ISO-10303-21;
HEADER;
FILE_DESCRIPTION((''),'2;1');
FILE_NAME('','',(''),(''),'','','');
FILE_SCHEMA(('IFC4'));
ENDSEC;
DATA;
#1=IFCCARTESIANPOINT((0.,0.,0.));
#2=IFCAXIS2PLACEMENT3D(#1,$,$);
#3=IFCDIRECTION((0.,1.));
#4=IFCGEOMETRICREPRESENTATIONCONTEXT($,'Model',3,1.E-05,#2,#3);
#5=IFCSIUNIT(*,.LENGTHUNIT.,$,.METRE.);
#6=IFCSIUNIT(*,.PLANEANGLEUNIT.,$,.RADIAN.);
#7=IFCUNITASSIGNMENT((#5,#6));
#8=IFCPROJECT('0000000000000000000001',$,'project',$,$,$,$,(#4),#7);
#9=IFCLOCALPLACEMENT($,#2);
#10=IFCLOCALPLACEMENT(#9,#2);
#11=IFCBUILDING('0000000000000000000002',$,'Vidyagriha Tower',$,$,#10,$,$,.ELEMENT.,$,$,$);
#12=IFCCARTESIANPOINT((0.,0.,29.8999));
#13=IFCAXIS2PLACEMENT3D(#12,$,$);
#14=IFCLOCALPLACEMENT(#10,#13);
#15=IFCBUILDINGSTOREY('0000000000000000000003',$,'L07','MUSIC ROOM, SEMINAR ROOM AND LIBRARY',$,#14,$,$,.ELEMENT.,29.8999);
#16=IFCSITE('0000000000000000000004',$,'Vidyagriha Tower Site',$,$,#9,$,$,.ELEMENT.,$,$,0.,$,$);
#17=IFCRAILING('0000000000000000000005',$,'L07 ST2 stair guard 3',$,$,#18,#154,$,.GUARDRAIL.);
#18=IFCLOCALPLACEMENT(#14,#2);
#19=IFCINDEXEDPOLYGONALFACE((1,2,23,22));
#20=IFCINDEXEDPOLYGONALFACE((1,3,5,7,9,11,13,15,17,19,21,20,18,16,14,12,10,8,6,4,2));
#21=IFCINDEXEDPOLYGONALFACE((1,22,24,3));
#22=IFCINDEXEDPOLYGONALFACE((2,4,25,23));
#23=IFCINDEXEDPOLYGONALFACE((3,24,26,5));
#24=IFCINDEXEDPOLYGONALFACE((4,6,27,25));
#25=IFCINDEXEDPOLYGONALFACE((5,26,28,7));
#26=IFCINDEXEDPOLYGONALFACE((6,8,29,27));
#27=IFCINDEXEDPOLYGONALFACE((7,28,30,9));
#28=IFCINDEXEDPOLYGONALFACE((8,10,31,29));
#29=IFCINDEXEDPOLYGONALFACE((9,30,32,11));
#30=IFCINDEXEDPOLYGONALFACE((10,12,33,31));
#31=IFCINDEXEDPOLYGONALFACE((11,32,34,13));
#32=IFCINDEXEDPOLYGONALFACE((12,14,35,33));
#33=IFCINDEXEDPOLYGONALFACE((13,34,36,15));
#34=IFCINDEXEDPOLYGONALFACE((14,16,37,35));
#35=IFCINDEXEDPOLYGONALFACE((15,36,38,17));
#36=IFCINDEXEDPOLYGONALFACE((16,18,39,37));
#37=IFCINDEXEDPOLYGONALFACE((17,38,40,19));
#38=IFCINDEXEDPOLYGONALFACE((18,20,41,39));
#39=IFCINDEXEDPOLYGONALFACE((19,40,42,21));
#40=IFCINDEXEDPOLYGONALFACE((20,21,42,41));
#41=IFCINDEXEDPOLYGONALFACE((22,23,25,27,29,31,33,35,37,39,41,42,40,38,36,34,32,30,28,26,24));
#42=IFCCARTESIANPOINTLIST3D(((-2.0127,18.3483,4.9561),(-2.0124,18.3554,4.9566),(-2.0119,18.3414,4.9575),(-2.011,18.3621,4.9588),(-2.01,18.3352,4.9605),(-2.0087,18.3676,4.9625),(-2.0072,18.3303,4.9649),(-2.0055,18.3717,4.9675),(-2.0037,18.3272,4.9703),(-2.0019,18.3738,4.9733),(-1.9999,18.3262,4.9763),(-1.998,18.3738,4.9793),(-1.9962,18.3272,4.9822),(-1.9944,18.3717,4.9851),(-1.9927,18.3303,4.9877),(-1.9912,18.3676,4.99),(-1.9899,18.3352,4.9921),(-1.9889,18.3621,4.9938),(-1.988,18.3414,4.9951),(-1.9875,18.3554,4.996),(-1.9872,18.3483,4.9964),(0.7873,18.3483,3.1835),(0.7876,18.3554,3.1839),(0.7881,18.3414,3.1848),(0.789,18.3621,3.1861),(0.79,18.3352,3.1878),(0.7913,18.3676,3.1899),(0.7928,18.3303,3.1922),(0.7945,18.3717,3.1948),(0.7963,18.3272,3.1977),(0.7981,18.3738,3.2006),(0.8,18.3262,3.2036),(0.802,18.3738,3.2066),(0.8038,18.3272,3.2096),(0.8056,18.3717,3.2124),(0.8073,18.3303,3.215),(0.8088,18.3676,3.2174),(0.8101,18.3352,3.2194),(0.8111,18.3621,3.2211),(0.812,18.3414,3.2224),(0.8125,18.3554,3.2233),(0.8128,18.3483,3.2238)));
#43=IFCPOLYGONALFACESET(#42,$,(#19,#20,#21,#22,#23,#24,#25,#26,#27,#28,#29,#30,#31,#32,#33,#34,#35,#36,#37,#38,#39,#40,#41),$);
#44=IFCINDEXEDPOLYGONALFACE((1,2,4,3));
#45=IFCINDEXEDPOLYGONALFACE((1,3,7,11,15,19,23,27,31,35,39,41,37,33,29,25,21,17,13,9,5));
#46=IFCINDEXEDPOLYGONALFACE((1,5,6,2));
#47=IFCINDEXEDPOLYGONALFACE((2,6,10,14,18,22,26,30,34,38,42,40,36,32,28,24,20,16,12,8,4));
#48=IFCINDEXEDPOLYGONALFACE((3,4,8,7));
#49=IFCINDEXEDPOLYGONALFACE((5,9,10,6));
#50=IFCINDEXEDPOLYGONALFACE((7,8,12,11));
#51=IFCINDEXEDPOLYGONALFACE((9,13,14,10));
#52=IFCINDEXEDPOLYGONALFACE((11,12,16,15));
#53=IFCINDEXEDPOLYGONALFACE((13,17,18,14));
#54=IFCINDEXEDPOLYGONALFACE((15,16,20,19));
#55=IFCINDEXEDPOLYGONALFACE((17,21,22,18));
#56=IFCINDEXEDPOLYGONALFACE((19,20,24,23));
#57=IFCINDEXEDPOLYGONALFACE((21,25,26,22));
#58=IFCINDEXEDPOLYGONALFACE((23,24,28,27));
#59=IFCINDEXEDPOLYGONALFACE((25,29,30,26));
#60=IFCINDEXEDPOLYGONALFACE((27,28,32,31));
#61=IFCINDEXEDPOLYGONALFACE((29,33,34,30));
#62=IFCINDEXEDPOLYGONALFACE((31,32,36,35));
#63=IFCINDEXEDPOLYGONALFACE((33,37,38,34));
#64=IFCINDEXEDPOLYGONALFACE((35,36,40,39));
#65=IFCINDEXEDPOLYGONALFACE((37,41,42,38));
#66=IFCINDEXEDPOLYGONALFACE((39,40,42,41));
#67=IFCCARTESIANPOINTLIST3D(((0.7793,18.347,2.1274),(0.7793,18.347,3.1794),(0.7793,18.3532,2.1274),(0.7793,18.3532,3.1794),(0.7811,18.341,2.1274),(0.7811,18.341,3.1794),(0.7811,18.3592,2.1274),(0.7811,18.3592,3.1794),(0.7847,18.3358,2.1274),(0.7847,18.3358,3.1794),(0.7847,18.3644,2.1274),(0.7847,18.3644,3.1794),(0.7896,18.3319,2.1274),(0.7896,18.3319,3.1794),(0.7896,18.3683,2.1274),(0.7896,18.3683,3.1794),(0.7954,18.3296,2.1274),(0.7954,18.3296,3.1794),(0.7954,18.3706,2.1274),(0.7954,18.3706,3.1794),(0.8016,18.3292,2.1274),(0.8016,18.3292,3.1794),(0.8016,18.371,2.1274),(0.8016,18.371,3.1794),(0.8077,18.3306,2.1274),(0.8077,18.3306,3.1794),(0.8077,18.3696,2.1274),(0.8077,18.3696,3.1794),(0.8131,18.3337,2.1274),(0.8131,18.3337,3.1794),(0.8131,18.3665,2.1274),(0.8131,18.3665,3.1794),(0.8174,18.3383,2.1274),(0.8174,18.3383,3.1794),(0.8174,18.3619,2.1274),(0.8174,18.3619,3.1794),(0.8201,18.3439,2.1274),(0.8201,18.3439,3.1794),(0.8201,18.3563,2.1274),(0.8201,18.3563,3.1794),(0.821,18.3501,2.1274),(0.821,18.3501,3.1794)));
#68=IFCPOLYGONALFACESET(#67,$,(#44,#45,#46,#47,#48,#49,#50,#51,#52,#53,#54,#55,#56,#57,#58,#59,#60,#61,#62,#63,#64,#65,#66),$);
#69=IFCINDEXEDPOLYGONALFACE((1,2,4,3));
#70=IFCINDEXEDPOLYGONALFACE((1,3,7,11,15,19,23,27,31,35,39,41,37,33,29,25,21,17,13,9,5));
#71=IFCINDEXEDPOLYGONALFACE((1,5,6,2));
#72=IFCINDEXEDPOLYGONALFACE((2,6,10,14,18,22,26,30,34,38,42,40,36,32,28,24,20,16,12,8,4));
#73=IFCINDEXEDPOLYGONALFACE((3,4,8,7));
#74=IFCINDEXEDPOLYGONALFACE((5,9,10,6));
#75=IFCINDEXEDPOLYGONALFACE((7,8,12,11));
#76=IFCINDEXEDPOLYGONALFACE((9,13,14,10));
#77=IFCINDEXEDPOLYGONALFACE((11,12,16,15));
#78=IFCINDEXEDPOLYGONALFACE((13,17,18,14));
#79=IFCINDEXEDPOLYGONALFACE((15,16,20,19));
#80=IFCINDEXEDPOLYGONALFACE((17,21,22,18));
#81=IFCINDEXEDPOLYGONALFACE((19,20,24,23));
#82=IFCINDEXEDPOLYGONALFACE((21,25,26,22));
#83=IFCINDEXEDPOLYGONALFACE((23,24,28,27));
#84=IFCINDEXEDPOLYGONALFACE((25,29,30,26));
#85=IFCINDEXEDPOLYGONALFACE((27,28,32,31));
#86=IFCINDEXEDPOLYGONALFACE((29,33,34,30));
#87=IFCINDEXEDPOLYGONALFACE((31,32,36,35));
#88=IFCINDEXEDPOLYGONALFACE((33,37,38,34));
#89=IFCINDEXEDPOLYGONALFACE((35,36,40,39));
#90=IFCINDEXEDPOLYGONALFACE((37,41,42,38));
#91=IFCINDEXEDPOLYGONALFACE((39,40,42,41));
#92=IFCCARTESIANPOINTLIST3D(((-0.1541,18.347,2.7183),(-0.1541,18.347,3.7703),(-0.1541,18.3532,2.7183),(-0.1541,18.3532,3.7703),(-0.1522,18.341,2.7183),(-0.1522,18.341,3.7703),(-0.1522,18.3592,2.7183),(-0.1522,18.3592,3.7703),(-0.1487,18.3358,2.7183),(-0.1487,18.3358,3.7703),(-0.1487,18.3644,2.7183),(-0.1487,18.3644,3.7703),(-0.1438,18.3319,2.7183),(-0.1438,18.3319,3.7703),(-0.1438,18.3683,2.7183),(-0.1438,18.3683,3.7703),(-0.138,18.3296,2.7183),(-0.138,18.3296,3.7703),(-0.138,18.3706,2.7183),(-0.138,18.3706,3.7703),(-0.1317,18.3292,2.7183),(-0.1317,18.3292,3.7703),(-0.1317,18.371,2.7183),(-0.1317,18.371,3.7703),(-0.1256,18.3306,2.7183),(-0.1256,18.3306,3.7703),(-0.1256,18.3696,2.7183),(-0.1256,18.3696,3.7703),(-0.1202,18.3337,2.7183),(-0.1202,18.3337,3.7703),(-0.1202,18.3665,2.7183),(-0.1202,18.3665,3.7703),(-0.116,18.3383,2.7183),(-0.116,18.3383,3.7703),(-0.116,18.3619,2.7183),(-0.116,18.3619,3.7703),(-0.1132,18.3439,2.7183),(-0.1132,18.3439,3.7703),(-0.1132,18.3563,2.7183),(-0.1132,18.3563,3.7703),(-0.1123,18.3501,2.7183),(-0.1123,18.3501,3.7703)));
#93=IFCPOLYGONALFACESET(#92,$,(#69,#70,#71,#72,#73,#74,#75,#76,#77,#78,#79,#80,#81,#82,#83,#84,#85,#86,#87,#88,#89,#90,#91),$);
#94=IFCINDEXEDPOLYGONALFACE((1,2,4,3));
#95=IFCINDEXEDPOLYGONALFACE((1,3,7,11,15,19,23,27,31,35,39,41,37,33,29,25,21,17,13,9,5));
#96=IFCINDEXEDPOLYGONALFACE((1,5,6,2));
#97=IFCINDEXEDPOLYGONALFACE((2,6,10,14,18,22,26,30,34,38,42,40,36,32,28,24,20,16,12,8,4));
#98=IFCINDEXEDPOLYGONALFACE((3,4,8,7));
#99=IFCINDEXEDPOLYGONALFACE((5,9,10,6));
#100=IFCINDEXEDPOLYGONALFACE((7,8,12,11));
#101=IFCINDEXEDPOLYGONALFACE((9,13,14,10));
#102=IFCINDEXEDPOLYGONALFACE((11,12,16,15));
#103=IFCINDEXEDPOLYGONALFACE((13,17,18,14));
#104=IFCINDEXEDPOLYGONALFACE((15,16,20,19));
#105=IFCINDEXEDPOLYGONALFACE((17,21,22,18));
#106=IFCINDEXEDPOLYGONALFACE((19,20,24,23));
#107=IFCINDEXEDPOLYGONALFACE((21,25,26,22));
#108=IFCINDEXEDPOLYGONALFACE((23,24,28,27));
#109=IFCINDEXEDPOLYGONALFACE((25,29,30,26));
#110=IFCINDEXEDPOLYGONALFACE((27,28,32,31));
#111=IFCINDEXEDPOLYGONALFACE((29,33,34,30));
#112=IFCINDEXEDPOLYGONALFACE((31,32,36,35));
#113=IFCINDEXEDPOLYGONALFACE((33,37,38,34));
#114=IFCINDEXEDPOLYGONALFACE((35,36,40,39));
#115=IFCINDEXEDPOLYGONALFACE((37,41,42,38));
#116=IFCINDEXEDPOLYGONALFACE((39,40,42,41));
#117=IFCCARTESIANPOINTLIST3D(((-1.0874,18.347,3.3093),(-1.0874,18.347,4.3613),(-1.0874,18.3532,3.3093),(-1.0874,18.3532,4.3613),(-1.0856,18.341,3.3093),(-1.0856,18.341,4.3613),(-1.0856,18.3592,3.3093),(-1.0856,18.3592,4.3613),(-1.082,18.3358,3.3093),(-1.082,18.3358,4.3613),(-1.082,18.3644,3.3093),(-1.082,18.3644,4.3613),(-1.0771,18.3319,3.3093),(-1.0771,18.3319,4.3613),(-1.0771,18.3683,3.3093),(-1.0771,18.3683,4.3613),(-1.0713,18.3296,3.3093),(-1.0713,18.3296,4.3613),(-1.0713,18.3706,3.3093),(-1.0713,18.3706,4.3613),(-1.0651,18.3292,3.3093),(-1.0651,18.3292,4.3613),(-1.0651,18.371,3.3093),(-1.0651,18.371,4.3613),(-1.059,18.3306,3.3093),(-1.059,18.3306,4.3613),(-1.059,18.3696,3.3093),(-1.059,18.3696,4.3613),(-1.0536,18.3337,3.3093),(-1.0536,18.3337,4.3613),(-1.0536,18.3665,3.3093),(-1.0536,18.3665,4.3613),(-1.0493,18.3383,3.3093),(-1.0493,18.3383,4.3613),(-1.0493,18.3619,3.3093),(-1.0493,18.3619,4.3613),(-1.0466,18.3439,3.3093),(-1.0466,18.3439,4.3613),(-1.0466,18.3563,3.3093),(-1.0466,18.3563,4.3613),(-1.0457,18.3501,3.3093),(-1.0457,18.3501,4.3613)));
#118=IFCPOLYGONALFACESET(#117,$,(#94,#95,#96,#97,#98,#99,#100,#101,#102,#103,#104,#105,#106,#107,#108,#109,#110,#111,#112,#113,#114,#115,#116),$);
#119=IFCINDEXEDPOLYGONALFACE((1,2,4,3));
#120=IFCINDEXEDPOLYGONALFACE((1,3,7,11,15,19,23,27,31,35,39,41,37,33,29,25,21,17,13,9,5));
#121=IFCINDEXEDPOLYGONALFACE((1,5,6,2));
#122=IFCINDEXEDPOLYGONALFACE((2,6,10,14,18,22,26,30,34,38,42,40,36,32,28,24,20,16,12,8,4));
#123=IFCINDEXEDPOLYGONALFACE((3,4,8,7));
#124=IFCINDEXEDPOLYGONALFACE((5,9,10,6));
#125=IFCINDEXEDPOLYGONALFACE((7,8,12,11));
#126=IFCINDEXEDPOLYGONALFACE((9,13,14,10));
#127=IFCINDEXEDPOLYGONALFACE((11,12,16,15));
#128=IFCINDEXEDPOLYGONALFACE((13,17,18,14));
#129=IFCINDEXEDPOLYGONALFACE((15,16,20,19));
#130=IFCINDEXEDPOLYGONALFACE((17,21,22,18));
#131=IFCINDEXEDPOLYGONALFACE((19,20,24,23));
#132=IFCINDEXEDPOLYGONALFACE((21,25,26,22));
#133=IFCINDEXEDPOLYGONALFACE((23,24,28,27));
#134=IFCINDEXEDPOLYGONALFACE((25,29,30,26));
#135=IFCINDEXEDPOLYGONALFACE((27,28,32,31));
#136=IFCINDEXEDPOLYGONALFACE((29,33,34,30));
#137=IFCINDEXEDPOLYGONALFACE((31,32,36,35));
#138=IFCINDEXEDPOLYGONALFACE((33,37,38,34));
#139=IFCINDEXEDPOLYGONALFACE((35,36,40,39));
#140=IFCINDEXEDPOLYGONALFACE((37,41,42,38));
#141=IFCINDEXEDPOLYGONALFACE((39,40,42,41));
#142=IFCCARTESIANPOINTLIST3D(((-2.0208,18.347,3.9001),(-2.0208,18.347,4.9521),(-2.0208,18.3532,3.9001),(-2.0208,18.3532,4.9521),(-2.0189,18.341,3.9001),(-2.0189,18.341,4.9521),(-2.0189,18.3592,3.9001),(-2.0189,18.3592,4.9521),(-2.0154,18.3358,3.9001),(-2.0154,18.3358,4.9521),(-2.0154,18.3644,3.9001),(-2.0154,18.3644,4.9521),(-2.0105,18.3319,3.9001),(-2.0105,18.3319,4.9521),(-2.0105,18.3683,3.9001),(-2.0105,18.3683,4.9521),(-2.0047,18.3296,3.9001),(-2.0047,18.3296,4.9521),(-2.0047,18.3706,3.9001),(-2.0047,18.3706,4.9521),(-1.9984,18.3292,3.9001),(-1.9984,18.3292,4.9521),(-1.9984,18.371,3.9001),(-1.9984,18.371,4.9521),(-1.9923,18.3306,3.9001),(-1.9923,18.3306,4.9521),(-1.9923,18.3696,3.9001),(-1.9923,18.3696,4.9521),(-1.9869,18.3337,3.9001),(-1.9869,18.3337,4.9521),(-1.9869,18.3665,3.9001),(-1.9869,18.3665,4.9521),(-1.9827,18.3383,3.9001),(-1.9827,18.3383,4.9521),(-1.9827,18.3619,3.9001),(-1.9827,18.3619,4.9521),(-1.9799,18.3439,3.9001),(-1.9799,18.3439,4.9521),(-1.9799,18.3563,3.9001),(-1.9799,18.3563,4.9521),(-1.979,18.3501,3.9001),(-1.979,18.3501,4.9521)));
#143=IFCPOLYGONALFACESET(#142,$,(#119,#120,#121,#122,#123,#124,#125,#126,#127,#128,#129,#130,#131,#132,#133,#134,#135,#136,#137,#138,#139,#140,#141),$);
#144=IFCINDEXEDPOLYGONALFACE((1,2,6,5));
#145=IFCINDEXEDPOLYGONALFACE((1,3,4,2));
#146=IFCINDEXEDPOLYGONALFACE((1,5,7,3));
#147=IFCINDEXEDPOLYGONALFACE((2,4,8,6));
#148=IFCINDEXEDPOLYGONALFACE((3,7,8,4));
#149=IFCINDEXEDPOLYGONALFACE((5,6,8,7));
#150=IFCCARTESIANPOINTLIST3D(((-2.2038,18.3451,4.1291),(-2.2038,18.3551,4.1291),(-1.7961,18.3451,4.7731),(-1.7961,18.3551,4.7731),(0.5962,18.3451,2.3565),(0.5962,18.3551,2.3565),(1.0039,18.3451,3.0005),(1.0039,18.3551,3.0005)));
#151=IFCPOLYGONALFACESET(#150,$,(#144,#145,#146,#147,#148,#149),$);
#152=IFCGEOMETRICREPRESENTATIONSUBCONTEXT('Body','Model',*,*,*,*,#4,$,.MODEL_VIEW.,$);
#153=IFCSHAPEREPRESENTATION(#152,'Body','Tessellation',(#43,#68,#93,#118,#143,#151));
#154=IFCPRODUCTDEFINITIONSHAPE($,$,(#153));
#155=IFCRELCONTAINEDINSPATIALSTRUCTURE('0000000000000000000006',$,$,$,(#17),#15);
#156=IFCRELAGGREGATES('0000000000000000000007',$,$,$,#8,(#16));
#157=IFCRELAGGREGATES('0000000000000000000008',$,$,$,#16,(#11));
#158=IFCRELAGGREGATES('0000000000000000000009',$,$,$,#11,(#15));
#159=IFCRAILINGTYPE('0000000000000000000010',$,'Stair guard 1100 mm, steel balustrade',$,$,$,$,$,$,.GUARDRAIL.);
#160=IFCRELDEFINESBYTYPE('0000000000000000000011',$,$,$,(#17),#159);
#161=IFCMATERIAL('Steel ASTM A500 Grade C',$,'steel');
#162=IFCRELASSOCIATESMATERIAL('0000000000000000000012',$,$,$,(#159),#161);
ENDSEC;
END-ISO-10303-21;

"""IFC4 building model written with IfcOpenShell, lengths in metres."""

from ifc_helpers import new_model, si_unit, direction, frame, origin, origin_2d, place, context, subcontext, project, spatial, rectangle, circle, extrude, material, type_object, element, save


model = new_model("IFC4")

# Units and contexts
model_context = context("Model", 3, precision=1e-05, world=origin(), true_north=direction((0.0, 1.0)))
body_context = subcontext(model_context, "Body", "Model", "MODEL_VIEW")
ifc_project = project(units=[si_unit("LENGTHUNIT", "METRE"), si_unit("PLANEANGLEUNIT", "RADIAN")], contexts=[model_context])

# Site, building, storey
site_placement = place(None, origin())
site = spatial("IfcSite", under=ifc_project, at=site_placement, Name="Vidyagriha Tower Site", CompositionType="ELEMENT", RefElevation=0.0)
building_placement = place(site_placement, origin())
building = spatial("IfcBuilding", under=site, at=building_placement, Name="Vidyagriha Tower", CompositionType="ELEMENT")
storey_placement = place(building_placement, frame((0.0, 0.0, 29.8999)))
storey = spatial("IfcBuildingStorey", under=building, at=storey_placement, Name="L07", Description="MUSIC ROOM, SEMINAR ROOM AND LIBRARY", CompositionType="ELEMENT", Elevation=29.8999)

# Railing
ifc_material_1 = material(Name="Steel ASTM A500 Grade C", Category="steel")
railing_type_1 = type_object("IfcRailingType", Name="Stair guard 1100 mm, steel balustrade", PredefinedType="GUARDRAIL", material=ifc_material_1)
railing_1_placement = place(storey_placement, frame((0.8, 18.3501, 2.1274)))
element("IfcRailing", 1, at=railing_1_placement, inside=storey, type_object=railing_type_1, Name="L07 ST2 stair guard 3", PredefinedType="GUARDRAIL", context=body_context, shape_type="SweptSolid", body=[
    extrude(circle(Radius=0.0239, at=origin_2d()), frame((0.0, 0.0, 1.0762), z_axis=(-0.844909, 0.0, 0.53491), x_axis=(0.0, -1.0, 0.0)), (0.0, 0.0, 1.0), 3.314),
    extrude(circle(Radius=0.021, at=origin_2d()), origin(), (0.0, 0.0, 1.0), 1.052),
    extrude(circle(Radius=0.021, at=origin_2d()), frame((-0.9333, 0.0, 0.5908)), (0.0, 0.0, 1.0), 1.052),
    extrude(circle(Radius=0.021, at=origin_2d()), frame((-1.8667, 0.0, 1.1819)), (0.0, 0.0, 1.0), 1.052),
    extrude(circle(Radius=0.021, at=origin_2d()), frame((-2.8, 0.0, 1.7727)), (0.0, 0.0, 1.0), 1.052),
    extrude(rectangle(XDim=0.01, YDim=0.7622, at=origin_2d()), frame((0.0, 0.0, 0.551), z_axis=(-0.844909, 0.0, 0.53491), x_axis=(0.0, -1.0, 0.0)), (0.0, 0.0, 1.0), 3.314),
])

save(model, "model.ifc")
